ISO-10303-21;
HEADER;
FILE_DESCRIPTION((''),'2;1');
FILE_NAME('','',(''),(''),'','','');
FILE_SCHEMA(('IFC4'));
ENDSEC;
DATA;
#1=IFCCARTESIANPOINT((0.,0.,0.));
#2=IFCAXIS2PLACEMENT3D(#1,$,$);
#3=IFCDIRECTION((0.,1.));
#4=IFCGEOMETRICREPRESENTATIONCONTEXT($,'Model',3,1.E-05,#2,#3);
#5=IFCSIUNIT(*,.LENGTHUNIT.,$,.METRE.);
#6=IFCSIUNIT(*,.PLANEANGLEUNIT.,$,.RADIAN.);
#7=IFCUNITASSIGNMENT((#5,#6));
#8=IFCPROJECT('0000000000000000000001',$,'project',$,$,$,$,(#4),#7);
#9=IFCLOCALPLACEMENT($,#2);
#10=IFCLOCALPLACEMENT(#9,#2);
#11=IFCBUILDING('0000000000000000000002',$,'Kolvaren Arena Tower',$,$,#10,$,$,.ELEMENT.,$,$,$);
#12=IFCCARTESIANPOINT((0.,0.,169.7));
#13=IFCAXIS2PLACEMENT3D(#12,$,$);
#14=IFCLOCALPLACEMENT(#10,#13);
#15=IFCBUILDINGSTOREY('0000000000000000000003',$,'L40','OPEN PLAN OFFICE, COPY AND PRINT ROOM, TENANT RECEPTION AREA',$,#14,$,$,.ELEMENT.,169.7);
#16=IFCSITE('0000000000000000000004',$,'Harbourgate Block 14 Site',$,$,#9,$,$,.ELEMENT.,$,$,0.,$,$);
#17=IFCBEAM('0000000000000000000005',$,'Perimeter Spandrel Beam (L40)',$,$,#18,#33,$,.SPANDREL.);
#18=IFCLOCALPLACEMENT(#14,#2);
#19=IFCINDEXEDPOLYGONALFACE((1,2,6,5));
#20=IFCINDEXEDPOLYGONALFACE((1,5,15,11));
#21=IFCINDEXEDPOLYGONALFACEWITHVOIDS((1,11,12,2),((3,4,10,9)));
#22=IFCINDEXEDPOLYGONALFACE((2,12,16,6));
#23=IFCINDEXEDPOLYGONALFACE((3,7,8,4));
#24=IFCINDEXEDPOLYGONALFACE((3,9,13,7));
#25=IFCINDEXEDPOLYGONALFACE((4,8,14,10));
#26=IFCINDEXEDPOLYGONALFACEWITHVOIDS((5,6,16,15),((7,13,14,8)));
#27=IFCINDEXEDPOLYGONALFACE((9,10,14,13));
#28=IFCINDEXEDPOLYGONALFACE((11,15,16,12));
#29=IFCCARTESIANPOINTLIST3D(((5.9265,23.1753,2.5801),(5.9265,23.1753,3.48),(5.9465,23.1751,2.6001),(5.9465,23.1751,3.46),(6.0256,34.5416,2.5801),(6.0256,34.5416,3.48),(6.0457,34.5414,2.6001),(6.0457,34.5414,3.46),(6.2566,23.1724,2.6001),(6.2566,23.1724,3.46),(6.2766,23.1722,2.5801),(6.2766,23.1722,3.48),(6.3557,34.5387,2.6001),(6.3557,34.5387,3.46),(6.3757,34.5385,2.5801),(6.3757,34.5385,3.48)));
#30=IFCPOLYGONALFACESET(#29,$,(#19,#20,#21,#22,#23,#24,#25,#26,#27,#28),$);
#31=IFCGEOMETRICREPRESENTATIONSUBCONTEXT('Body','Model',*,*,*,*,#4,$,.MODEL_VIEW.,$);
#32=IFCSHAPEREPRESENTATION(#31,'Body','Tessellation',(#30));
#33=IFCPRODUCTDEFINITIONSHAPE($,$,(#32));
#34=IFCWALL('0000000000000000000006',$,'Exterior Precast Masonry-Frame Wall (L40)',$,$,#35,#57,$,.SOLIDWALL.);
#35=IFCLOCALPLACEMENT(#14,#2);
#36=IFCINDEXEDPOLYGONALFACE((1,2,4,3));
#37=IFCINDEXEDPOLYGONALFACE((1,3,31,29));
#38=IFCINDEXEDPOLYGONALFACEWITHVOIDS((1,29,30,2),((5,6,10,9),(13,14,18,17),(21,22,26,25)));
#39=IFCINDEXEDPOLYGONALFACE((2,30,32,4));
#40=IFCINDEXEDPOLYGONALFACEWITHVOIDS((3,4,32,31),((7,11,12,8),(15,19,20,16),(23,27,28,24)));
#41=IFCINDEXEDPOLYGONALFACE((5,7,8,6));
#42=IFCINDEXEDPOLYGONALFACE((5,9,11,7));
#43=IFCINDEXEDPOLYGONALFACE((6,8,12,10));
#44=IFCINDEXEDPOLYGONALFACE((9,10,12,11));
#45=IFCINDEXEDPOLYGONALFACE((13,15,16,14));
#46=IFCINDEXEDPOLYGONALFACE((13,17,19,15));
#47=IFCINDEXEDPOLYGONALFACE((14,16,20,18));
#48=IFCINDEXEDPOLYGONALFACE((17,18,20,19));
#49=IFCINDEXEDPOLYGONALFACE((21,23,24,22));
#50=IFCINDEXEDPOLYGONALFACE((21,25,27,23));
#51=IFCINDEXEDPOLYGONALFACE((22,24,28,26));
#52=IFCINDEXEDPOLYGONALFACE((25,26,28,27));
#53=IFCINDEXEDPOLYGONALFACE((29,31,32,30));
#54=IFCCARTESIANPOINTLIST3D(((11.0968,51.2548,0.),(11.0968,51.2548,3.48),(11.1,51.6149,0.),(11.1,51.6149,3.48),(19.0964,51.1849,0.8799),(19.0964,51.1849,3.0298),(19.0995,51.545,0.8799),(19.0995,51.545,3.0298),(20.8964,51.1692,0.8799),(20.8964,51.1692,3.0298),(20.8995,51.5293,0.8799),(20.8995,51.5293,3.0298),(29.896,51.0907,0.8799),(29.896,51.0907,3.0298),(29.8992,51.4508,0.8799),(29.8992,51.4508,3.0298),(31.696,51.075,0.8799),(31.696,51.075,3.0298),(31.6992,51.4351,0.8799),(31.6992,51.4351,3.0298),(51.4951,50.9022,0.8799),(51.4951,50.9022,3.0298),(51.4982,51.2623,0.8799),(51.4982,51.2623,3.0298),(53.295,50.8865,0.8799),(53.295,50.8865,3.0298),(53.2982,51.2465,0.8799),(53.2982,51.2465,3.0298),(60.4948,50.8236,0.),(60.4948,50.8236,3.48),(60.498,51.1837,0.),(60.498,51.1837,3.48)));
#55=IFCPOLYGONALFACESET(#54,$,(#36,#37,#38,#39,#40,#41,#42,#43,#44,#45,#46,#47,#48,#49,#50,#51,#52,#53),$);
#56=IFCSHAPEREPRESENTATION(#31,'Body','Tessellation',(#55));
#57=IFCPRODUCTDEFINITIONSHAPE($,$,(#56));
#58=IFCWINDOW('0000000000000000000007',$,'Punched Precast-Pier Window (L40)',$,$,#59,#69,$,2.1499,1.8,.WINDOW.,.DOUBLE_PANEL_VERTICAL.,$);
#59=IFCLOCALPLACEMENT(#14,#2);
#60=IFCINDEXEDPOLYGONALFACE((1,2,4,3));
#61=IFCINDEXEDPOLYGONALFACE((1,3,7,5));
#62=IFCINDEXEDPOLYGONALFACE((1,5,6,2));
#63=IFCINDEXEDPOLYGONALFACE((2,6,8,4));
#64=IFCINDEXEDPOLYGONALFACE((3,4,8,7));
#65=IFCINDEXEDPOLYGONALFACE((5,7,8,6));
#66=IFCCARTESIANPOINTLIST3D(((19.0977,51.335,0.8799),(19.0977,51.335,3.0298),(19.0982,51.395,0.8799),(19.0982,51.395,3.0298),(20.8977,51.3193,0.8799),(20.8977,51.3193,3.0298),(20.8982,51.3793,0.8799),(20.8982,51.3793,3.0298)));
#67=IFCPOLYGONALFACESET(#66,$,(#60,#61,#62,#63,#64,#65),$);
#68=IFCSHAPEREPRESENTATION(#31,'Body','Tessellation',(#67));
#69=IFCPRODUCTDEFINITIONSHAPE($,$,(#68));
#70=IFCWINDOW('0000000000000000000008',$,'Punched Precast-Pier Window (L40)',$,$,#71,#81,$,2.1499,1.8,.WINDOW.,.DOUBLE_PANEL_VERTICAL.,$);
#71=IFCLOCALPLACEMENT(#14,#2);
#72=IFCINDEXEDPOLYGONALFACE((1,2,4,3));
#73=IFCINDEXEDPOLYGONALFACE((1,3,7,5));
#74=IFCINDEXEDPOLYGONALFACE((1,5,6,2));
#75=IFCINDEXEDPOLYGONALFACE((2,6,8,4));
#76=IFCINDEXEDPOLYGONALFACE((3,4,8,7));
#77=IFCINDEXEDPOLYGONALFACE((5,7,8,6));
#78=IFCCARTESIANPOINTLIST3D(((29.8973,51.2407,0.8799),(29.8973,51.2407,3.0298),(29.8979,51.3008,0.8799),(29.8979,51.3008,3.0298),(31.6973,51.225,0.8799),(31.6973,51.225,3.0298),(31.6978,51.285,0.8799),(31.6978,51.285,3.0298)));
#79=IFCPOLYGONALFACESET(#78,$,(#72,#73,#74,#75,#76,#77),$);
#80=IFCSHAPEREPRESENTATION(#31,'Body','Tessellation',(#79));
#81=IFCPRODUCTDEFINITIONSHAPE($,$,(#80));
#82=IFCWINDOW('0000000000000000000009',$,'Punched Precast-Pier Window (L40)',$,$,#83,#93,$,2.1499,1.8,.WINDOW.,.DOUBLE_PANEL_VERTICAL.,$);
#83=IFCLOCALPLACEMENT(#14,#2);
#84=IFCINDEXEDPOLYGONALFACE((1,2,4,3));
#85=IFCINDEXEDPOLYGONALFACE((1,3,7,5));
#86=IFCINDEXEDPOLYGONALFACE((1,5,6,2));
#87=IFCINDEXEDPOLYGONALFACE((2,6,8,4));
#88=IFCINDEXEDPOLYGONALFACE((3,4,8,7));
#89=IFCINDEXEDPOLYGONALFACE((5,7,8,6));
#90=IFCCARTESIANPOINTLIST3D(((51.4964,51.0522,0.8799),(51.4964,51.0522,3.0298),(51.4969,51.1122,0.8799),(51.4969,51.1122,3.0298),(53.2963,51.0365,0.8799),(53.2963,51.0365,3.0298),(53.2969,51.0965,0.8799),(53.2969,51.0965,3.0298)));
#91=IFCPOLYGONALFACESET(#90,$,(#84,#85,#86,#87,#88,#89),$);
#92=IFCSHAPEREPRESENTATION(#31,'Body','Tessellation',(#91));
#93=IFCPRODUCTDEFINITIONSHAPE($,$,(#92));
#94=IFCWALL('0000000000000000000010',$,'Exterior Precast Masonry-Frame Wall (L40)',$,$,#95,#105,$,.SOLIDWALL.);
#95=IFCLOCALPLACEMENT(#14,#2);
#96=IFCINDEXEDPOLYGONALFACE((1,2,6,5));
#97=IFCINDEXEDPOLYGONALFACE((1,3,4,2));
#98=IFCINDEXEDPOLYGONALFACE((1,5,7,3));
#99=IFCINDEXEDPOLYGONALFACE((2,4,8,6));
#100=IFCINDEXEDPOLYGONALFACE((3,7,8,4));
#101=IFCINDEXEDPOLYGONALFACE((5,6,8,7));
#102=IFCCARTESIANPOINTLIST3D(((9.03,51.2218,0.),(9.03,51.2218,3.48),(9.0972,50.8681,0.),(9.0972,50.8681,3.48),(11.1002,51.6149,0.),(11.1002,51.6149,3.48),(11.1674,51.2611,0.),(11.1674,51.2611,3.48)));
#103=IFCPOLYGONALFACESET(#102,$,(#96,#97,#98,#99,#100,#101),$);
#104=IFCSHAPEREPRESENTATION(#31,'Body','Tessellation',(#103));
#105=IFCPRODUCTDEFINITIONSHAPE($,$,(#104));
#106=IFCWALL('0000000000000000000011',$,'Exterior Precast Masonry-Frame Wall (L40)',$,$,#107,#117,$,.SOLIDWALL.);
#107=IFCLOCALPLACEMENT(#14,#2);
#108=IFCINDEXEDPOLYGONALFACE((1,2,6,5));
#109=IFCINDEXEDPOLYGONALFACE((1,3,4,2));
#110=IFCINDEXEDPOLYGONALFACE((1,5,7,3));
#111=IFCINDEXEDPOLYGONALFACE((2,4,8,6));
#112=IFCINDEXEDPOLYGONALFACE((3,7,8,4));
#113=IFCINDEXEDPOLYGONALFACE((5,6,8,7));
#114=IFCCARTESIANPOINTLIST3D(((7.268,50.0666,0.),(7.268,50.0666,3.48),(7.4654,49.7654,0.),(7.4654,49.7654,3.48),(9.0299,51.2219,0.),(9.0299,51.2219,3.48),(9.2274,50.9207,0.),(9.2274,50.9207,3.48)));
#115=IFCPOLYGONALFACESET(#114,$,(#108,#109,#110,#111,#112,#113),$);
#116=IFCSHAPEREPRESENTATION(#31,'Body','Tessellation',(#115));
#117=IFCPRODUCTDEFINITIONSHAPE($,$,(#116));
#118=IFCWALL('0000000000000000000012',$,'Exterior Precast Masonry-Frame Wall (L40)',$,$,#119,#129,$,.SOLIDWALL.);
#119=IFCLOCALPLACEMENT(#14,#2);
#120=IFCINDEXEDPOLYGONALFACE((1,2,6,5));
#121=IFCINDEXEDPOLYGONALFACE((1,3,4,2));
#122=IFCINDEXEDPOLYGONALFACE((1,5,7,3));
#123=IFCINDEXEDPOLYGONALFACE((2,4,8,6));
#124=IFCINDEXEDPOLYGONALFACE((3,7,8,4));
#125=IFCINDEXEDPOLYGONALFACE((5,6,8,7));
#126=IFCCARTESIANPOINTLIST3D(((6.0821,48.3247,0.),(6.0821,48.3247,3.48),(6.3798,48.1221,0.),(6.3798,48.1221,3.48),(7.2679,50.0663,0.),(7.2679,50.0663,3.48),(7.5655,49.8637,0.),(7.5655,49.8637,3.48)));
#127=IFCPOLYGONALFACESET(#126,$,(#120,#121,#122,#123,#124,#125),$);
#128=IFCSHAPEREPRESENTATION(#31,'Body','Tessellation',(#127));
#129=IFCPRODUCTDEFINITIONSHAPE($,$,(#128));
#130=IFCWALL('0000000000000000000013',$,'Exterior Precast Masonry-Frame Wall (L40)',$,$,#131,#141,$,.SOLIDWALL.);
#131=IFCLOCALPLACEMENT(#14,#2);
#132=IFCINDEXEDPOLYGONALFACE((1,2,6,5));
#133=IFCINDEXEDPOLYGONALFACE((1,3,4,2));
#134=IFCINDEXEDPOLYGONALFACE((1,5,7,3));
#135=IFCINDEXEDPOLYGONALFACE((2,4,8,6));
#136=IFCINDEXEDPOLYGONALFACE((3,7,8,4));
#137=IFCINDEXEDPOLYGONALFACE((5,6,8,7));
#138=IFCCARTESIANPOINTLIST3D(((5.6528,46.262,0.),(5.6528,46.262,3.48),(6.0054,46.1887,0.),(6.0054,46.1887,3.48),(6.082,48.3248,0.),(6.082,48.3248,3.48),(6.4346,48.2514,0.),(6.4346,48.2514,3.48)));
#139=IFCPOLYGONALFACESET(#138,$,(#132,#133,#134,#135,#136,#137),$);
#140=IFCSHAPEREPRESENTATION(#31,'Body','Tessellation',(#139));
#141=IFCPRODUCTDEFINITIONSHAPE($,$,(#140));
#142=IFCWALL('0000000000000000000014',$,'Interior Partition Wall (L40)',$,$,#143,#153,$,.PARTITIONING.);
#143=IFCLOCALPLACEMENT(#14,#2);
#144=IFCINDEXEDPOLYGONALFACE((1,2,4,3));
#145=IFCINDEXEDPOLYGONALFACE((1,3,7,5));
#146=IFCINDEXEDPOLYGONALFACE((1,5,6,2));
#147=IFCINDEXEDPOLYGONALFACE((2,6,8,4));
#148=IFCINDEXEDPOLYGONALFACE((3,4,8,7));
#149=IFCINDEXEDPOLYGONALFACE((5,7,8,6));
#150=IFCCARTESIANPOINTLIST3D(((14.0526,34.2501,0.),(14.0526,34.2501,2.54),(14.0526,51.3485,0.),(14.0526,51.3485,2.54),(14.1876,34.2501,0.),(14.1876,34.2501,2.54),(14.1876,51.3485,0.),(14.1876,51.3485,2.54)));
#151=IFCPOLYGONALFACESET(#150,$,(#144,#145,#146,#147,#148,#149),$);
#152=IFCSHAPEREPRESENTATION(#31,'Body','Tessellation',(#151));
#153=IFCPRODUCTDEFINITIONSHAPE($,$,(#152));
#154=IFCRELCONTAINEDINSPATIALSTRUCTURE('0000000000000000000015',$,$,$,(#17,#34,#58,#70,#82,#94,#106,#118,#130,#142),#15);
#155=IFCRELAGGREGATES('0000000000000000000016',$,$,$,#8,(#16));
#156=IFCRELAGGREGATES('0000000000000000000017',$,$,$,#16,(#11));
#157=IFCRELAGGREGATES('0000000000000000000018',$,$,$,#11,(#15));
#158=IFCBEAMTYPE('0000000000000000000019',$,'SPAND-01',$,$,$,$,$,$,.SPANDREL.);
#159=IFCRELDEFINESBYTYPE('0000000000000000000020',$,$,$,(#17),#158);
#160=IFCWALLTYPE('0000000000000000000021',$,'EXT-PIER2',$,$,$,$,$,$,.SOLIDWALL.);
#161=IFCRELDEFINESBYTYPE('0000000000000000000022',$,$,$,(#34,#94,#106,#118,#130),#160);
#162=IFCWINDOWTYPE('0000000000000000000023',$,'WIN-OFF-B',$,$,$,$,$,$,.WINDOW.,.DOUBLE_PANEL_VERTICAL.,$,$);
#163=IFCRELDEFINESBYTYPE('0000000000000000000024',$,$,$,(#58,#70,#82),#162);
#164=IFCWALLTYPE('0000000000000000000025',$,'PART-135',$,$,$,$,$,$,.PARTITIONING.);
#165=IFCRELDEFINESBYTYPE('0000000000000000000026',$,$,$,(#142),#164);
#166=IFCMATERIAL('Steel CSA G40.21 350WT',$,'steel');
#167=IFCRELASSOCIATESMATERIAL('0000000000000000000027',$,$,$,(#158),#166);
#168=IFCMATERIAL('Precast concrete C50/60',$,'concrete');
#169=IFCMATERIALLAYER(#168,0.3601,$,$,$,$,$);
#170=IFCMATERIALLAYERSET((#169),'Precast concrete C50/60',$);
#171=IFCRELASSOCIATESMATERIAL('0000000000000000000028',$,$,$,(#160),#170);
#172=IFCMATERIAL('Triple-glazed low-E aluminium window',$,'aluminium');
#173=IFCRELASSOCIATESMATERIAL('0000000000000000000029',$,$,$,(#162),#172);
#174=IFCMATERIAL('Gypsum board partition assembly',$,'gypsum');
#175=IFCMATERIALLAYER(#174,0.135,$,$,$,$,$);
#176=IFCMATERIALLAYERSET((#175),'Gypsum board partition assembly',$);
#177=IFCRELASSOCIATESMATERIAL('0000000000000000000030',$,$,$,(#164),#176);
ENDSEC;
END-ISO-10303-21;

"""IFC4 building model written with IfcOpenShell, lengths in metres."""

from ifc_helpers import new_model, si_unit, direction, frame, frame_2d, origin, origin_2d, place, context, subcontext, project, spatial, rectangle, hollow_rectangle, extrude, material, layer, layer_set, material_profile, profile_set, type_object, element, fill, save


model = new_model("IFC4")

# Units and contexts
model_context = context("Model", 3, precision=1e-05, world=origin(), true_north=direction((0.0, 1.0)))
body_context = subcontext(model_context, "Body", "Model", "MODEL_VIEW")
ifc_project = project(units=[si_unit("LENGTHUNIT", "METRE"), si_unit("PLANEANGLEUNIT", "RADIAN")], contexts=[model_context])

# Site, building, storey
site_placement = place(None, origin())
site = spatial("IfcSite", under=ifc_project, at=site_placement, Name="Harbourgate Block 14 Site", CompositionType="ELEMENT", RefElevation=0.0)
building_placement = place(site_placement, origin())
building = spatial("IfcBuilding", under=site, at=building_placement, Name="Kolvaren Arena Tower", CompositionType="ELEMENT")
storey_placement = place(building_placement, frame((0.0, 0.0, 169.7)))
storey = spatial("IfcBuildingStorey", under=building, at=storey_placement, Name="L40", Description="OPEN PLAN OFFICE, COPY AND PRINT ROOM, TENANT RECEPTION AREA", CompositionType="ELEMENT", Elevation=169.7)

# Beam
ifc_material_1 = material(Name="Steel CSA G40.21 350WT", Category="steel")
ifc_material_profile_1 = material_profile(ifc_material_1, hollow_rectangle(XDim=0.3501, YDim=0.8999, WallThickness=0.02, at=origin_2d()), Name="HSS 900x350x20")
ifc_profile_set_1 = profile_set([ifc_material_profile_1], Name="Steel CSA G40.21 350WT")
beam_type_1 = type_object("IfcBeamType", Name="SPAND-01", PredefinedType="SPANDREL", material=ifc_profile_set_1)
for number, where, z_axis, x_axis, name in (
    (1, (6.2007, 34.54, 3.03), (-0.00872, -0.999962, 0.0), (0.999962, -0.00872, 0.0), "Perimeter Spandrel Beam (L40)"),
):
    element("IfcBeam", number, at=place(storey_placement, frame(where, z_axis=z_axis, x_axis=x_axis)), inside=storey, type_object=beam_type_1, Name=name, PredefinedType="SPANDREL", context=body_context, shape_type="SweptSolid", body=[
        extrude(hollow_rectangle(XDim=0.3501, YDim=0.8999, WallThickness=0.02, at=origin_2d()), origin(), (0.0, 0.0, 1.0), 11.3667),
    ])

# Wall, openings, windows
ifc_material_2 = material(Name="Precast concrete C50/60", Category="concrete")
ifc_layer_1 = layer(ifc_material_2, 0.3601)
ifc_layer_set_1 = layer_set([ifc_layer_1], Name="Precast concrete C50/60")
wall_type_1 = type_object("IfcWallType", Name="EXT-PIER2", PredefinedType="SOLIDWALL", material=ifc_layer_set_1)
wall_1_placement = place(storey_placement, frame((11.0984, 51.4348, 0.0), z_axis=(0.0, 0.0, 1.0), x_axis=(0.999962, -0.008728, 0.0)))
wall_1 = element("IfcWall", 2, at=wall_1_placement, inside=storey, type_object=wall_type_1, Name="Exterior Precast Masonry-Frame Wall (L40)", PredefinedType="SOLIDWALL", context=body_context, shape_type="SweptSolid", body=[
    extrude(rectangle(XDim=49.3999, YDim=0.3601, at=frame_2d((24.7, 0.0))), origin(), (0.0, 0.0, 1.0), 3.48),
])
opening_1_placement = place(wall_1_placement, frame((8.0, 0.0, 0.8799)))
opening_1 = element("IfcOpeningElement", 3, at=opening_1_placement, cuts=wall_1, PredefinedType="OPENING", context=body_context, shape_type="SweptSolid", body=[
    extrude(rectangle(XDim=1.8, YDim=2.1499, at=frame_2d((0.8999, 1.075))), frame((0.0, 0.1899, 0.0), z_axis=(0.0, -1.0, 0.0), x_axis=(1.0, 0.0, 0.0)), (0.0, 0.0, 1.0), 0.3801),
])
opening_2_placement = place(wall_1_placement, frame((18.8, 0.0, 0.8799)))
opening_2 = element("IfcOpeningElement", 4, at=opening_2_placement, cuts=wall_1, PredefinedType="OPENING", context=body_context, shape_type="SweptSolid", body=[
    extrude(rectangle(XDim=1.8, YDim=2.1499, at=frame_2d((0.8999, 1.075))), frame((0.0, 0.1899, 0.0), z_axis=(0.0, -1.0, 0.0), x_axis=(1.0, 0.0, 0.0)), (0.0, 0.0, 1.0), 0.3801),
])
opening_3_placement = place(wall_1_placement, frame((40.3999, 0.0, 0.8799)))
opening_3 = element("IfcOpeningElement", 5, at=opening_3_placement, cuts=wall_1, PredefinedType="OPENING", context=body_context, shape_type="SweptSolid", body=[
    extrude(rectangle(XDim=1.8, YDim=2.1499, at=frame_2d((0.8999, 1.075))), frame((0.0, 0.1899, 0.0), z_axis=(0.0, -1.0, 0.0), x_axis=(1.0, 0.0, 0.0)), (0.0, 0.0, 1.0), 0.3801),
])
ifc_material_3 = material(Name="Triple-glazed low-E aluminium window", Category="aluminium")
window_type = type_object("IfcWindowType", Name="WIN-OFF-B", PartitioningType="DOUBLE_PANEL_VERTICAL", PredefinedType="WINDOW", material=ifc_material_3)
window_1_placement = place(opening_1_placement, origin())
window_1 = element("IfcWindow", 6, at=window_1_placement, inside=storey, type_object=window_type, Name="Punched Precast-Pier Window (L40)", OverallHeight=2.1499, OverallWidth=1.8, PartitioningType="DOUBLE_PANEL_VERTICAL", PredefinedType="WINDOW", context=body_context, shape_type="SweptSolid", body=[
    extrude(rectangle(XDim=1.8, YDim=2.1499, at=frame_2d((0.8999, 1.075))), frame((0.0, 0.03, 0.0), z_axis=(0.0, -1.0, 0.0), x_axis=(1.0, 0.0, 0.0)), (0.0, 0.0, 1.0), 0.0601),
])
fill(opening_1, window_1)
window_2_placement = place(opening_2_placement, origin())
window_2 = element("IfcWindow", 7, at=window_2_placement, inside=storey, type_object=window_type, Name="Punched Precast-Pier Window (L40)", OverallHeight=2.1499, OverallWidth=1.8, PartitioningType="DOUBLE_PANEL_VERTICAL", PredefinedType="WINDOW", context=body_context, shape_type="SweptSolid", body=[
    extrude(rectangle(XDim=1.8, YDim=2.1499, at=frame_2d((0.8999, 1.075))), frame((0.0, 0.03, 0.0), z_axis=(0.0, -1.0, 0.0), x_axis=(1.0, 0.0, 0.0)), (0.0, 0.0, 1.0), 0.0601),
])
fill(opening_2, window_2)
window_3_placement = place(opening_3_placement, origin())
window_3 = element("IfcWindow", 8, at=window_3_placement, inside=storey, type_object=window_type, Name="Punched Precast-Pier Window (L40)", OverallHeight=2.1499, OverallWidth=1.8, PartitioningType="DOUBLE_PANEL_VERTICAL", PredefinedType="WINDOW", context=body_context, shape_type="SweptSolid", body=[
    extrude(rectangle(XDim=1.8, YDim=2.1499, at=frame_2d((0.8999, 1.075))), frame((0.0, 0.03, 0.0), z_axis=(0.0, -1.0, 0.0), x_axis=(1.0, 0.0, 0.0)), (0.0, 0.0, 1.0), 0.0601),
])
fill(opening_3, window_3)

# Walls
wall_2_placement = place(storey_placement, frame((9.0635, 51.0449, 0.0), z_axis=(0.0, 0.0, 1.0), x_axis=(0.982446, 0.186548, 0.0)))
element("IfcWall", 9, at=wall_2_placement, inside=storey, type_object=wall_type_1, Name="Exterior Precast Masonry-Frame Wall (L40)", PredefinedType="SOLIDWALL", context=body_context, shape_type="SweptSolid", body=[
    extrude(rectangle(XDim=2.1072, YDim=0.3601, at=frame_2d((1.0537, 0.0))), origin(), (0.0, 0.0, 1.0), 3.48),
])
for number, where, z_axis, x_axis, name in (
    (10, (7.3667, 49.916, 0.0), (0.0, 0.0, 1.0), (0.836269, 0.54832, 0.0), "Exterior Precast Masonry-Frame Wall (L40)"),
    (11, (6.231, 48.2234, 0.0), (0.0, 0.0, 1.0), (0.562776, 0.82661, 0.0), "Exterior Precast Masonry-Frame Wall (L40)"),
    (12, (5.8291, 46.2253, 0.0), (0.0, 0.0, 1.0), (0.203709, 0.979031, 0.0), "Exterior Precast Masonry-Frame Wall (L40)"),
):
    element("IfcWall", number, at=place(storey_placement, frame(where, z_axis=z_axis, x_axis=x_axis)), inside=storey, type_object=wall_type_1, Name=name, PredefinedType="SOLIDWALL", context=body_context, shape_type="SweptSolid", body=[
        extrude(rectangle(XDim=2.1069, YDim=0.3601, at=frame_2d((1.0535, 0.0))), origin(), (0.0, 0.0, 1.0), 3.48),
    ])
ifc_material_4 = material(Name="Gypsum board partition assembly", Category="gypsum")
ifc_layer_2 = layer(ifc_material_4, 0.135)
ifc_layer_set_2 = layer_set([ifc_layer_2], Name="Gypsum board partition assembly")
wall_type_2 = type_object("IfcWallType", Name="PART-135", PredefinedType="PARTITIONING", material=ifc_layer_set_2)
wall_3_placement = place(storey_placement, frame((14.1201, 34.25, 0.0), z_axis=(0.0, 0.0, 1.0), x_axis=(0.0, 1.0, 0.0)))
element("IfcWall", 13, at=wall_3_placement, inside=storey, type_object=wall_type_2, Name="Interior Partition Wall (L40)", PredefinedType="PARTITIONING", context=body_context, shape_type="SweptSolid", body=[
    extrude(rectangle(XDim=17.0984, YDim=0.135, at=frame_2d((8.5493, 0.0))), origin(), (0.0, 0.0, 1.0), 2.54),
])

save(model, "model.ifc")
